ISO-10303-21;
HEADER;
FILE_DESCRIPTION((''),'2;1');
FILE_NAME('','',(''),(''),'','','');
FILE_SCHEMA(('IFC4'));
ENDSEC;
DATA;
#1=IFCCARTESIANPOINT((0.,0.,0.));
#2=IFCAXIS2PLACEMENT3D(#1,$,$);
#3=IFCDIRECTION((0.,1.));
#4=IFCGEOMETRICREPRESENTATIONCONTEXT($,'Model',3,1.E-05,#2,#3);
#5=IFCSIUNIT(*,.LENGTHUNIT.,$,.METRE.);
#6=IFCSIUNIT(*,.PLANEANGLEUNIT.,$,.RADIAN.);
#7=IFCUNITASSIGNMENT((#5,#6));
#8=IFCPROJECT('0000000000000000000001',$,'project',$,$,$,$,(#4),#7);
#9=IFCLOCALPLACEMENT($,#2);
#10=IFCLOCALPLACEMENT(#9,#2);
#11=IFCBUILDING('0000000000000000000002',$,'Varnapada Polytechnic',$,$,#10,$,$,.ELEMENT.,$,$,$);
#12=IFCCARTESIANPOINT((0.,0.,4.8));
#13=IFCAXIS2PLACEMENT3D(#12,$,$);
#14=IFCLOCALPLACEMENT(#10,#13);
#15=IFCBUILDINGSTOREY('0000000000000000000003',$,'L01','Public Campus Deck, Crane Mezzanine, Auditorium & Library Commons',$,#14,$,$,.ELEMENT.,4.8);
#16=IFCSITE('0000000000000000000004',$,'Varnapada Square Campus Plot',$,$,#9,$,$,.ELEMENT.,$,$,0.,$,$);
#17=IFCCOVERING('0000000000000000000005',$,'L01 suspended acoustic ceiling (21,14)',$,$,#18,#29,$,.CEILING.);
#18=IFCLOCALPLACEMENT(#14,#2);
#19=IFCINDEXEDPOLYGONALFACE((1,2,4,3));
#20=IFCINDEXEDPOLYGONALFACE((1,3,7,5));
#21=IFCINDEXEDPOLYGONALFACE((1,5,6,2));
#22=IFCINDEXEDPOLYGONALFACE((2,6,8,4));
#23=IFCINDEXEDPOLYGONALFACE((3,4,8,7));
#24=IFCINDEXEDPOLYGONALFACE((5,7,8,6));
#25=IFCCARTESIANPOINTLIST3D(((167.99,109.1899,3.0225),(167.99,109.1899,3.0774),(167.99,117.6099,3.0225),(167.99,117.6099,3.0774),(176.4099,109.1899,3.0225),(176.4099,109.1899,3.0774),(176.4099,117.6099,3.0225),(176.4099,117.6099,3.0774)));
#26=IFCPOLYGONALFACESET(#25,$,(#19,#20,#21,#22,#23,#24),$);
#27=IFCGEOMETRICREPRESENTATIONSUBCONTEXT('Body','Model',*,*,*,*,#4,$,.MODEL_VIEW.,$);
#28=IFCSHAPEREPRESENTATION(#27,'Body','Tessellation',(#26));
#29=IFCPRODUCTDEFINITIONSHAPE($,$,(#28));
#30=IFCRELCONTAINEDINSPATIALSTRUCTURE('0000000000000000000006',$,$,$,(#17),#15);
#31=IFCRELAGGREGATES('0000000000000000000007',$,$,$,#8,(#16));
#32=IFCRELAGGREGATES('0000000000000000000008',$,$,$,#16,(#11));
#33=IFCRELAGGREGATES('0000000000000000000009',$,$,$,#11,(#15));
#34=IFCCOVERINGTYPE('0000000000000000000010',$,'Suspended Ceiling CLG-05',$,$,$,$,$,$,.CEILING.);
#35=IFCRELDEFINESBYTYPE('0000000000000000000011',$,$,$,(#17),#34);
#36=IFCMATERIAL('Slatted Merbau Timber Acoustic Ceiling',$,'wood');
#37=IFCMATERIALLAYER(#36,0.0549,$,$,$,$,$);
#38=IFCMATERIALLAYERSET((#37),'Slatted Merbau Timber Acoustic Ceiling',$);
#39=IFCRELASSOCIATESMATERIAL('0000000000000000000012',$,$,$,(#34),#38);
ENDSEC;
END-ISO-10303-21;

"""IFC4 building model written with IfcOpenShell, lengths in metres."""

from ifc_helpers import new_model, si_unit, direction, frame, origin, origin_2d, place, context, subcontext, project, spatial, rectangle, extrude, material, layer, layer_set, type_object, element, save


model = new_model("IFC4")

# Units and contexts
model_context = context("Model", 3, precision=1e-05, world=origin(), true_north=direction((0.0, 1.0)))
body_context = subcontext(model_context, "Body", "Model", "MODEL_VIEW")
ifc_project = project(units=[si_unit("LENGTHUNIT", "METRE"), si_unit("PLANEANGLEUNIT", "RADIAN")], contexts=[model_context])

# Site, building, storey
site_placement = place(None, origin())
site = spatial("IfcSite", under=ifc_project, at=site_placement, Name="Varnapada Square Campus Plot", CompositionType="ELEMENT", RefElevation=0.0)
building_placement = place(site_placement, origin())
building = spatial("IfcBuilding", under=site, at=building_placement, Name="Varnapada Polytechnic", CompositionType="ELEMENT")
storey_placement = place(building_placement, frame((0.0, 0.0, 4.8)))
storey = spatial("IfcBuildingStorey", under=building, at=storey_placement, Name="L01", Description="Public Campus Deck, Crane Mezzanine, Auditorium & Library Commons", CompositionType="ELEMENT", Elevation=4.8)

# Covering
ifc_material_1 = material(Name="Slatted Merbau Timber Acoustic Ceiling", Category="wood")
ifc_layer_1 = layer(ifc_material_1, 0.0549)
ifc_layer_set_1 = layer_set([ifc_layer_1], Name="Slatted Merbau Timber Acoustic Ceiling")
covering_type_1 = type_object("IfcCoveringType", Name="Suspended Ceiling CLG-05", PredefinedType="CEILING", material=ifc_layer_set_1)
covering_1_placement = place(storey_placement, frame((172.2, 113.3999, 3.0225), z_axis=(0.0, 0.0, 1.0), x_axis=(1.0, 0.0, 0.0)))
element("IfcCovering", 1, at=covering_1_placement, inside=storey, type_object=covering_type_1, Name="L01 suspended acoustic ceiling (21,14)", PredefinedType="CEILING", context=body_context, shape_type="SweptSolid", body=[
    extrude(rectangle(XDim=8.4199, YDim=8.4199, at=origin_2d()), origin(), (0.0, 0.0, 1.0), 0.0549),
])

save(model, "model.ifc")
